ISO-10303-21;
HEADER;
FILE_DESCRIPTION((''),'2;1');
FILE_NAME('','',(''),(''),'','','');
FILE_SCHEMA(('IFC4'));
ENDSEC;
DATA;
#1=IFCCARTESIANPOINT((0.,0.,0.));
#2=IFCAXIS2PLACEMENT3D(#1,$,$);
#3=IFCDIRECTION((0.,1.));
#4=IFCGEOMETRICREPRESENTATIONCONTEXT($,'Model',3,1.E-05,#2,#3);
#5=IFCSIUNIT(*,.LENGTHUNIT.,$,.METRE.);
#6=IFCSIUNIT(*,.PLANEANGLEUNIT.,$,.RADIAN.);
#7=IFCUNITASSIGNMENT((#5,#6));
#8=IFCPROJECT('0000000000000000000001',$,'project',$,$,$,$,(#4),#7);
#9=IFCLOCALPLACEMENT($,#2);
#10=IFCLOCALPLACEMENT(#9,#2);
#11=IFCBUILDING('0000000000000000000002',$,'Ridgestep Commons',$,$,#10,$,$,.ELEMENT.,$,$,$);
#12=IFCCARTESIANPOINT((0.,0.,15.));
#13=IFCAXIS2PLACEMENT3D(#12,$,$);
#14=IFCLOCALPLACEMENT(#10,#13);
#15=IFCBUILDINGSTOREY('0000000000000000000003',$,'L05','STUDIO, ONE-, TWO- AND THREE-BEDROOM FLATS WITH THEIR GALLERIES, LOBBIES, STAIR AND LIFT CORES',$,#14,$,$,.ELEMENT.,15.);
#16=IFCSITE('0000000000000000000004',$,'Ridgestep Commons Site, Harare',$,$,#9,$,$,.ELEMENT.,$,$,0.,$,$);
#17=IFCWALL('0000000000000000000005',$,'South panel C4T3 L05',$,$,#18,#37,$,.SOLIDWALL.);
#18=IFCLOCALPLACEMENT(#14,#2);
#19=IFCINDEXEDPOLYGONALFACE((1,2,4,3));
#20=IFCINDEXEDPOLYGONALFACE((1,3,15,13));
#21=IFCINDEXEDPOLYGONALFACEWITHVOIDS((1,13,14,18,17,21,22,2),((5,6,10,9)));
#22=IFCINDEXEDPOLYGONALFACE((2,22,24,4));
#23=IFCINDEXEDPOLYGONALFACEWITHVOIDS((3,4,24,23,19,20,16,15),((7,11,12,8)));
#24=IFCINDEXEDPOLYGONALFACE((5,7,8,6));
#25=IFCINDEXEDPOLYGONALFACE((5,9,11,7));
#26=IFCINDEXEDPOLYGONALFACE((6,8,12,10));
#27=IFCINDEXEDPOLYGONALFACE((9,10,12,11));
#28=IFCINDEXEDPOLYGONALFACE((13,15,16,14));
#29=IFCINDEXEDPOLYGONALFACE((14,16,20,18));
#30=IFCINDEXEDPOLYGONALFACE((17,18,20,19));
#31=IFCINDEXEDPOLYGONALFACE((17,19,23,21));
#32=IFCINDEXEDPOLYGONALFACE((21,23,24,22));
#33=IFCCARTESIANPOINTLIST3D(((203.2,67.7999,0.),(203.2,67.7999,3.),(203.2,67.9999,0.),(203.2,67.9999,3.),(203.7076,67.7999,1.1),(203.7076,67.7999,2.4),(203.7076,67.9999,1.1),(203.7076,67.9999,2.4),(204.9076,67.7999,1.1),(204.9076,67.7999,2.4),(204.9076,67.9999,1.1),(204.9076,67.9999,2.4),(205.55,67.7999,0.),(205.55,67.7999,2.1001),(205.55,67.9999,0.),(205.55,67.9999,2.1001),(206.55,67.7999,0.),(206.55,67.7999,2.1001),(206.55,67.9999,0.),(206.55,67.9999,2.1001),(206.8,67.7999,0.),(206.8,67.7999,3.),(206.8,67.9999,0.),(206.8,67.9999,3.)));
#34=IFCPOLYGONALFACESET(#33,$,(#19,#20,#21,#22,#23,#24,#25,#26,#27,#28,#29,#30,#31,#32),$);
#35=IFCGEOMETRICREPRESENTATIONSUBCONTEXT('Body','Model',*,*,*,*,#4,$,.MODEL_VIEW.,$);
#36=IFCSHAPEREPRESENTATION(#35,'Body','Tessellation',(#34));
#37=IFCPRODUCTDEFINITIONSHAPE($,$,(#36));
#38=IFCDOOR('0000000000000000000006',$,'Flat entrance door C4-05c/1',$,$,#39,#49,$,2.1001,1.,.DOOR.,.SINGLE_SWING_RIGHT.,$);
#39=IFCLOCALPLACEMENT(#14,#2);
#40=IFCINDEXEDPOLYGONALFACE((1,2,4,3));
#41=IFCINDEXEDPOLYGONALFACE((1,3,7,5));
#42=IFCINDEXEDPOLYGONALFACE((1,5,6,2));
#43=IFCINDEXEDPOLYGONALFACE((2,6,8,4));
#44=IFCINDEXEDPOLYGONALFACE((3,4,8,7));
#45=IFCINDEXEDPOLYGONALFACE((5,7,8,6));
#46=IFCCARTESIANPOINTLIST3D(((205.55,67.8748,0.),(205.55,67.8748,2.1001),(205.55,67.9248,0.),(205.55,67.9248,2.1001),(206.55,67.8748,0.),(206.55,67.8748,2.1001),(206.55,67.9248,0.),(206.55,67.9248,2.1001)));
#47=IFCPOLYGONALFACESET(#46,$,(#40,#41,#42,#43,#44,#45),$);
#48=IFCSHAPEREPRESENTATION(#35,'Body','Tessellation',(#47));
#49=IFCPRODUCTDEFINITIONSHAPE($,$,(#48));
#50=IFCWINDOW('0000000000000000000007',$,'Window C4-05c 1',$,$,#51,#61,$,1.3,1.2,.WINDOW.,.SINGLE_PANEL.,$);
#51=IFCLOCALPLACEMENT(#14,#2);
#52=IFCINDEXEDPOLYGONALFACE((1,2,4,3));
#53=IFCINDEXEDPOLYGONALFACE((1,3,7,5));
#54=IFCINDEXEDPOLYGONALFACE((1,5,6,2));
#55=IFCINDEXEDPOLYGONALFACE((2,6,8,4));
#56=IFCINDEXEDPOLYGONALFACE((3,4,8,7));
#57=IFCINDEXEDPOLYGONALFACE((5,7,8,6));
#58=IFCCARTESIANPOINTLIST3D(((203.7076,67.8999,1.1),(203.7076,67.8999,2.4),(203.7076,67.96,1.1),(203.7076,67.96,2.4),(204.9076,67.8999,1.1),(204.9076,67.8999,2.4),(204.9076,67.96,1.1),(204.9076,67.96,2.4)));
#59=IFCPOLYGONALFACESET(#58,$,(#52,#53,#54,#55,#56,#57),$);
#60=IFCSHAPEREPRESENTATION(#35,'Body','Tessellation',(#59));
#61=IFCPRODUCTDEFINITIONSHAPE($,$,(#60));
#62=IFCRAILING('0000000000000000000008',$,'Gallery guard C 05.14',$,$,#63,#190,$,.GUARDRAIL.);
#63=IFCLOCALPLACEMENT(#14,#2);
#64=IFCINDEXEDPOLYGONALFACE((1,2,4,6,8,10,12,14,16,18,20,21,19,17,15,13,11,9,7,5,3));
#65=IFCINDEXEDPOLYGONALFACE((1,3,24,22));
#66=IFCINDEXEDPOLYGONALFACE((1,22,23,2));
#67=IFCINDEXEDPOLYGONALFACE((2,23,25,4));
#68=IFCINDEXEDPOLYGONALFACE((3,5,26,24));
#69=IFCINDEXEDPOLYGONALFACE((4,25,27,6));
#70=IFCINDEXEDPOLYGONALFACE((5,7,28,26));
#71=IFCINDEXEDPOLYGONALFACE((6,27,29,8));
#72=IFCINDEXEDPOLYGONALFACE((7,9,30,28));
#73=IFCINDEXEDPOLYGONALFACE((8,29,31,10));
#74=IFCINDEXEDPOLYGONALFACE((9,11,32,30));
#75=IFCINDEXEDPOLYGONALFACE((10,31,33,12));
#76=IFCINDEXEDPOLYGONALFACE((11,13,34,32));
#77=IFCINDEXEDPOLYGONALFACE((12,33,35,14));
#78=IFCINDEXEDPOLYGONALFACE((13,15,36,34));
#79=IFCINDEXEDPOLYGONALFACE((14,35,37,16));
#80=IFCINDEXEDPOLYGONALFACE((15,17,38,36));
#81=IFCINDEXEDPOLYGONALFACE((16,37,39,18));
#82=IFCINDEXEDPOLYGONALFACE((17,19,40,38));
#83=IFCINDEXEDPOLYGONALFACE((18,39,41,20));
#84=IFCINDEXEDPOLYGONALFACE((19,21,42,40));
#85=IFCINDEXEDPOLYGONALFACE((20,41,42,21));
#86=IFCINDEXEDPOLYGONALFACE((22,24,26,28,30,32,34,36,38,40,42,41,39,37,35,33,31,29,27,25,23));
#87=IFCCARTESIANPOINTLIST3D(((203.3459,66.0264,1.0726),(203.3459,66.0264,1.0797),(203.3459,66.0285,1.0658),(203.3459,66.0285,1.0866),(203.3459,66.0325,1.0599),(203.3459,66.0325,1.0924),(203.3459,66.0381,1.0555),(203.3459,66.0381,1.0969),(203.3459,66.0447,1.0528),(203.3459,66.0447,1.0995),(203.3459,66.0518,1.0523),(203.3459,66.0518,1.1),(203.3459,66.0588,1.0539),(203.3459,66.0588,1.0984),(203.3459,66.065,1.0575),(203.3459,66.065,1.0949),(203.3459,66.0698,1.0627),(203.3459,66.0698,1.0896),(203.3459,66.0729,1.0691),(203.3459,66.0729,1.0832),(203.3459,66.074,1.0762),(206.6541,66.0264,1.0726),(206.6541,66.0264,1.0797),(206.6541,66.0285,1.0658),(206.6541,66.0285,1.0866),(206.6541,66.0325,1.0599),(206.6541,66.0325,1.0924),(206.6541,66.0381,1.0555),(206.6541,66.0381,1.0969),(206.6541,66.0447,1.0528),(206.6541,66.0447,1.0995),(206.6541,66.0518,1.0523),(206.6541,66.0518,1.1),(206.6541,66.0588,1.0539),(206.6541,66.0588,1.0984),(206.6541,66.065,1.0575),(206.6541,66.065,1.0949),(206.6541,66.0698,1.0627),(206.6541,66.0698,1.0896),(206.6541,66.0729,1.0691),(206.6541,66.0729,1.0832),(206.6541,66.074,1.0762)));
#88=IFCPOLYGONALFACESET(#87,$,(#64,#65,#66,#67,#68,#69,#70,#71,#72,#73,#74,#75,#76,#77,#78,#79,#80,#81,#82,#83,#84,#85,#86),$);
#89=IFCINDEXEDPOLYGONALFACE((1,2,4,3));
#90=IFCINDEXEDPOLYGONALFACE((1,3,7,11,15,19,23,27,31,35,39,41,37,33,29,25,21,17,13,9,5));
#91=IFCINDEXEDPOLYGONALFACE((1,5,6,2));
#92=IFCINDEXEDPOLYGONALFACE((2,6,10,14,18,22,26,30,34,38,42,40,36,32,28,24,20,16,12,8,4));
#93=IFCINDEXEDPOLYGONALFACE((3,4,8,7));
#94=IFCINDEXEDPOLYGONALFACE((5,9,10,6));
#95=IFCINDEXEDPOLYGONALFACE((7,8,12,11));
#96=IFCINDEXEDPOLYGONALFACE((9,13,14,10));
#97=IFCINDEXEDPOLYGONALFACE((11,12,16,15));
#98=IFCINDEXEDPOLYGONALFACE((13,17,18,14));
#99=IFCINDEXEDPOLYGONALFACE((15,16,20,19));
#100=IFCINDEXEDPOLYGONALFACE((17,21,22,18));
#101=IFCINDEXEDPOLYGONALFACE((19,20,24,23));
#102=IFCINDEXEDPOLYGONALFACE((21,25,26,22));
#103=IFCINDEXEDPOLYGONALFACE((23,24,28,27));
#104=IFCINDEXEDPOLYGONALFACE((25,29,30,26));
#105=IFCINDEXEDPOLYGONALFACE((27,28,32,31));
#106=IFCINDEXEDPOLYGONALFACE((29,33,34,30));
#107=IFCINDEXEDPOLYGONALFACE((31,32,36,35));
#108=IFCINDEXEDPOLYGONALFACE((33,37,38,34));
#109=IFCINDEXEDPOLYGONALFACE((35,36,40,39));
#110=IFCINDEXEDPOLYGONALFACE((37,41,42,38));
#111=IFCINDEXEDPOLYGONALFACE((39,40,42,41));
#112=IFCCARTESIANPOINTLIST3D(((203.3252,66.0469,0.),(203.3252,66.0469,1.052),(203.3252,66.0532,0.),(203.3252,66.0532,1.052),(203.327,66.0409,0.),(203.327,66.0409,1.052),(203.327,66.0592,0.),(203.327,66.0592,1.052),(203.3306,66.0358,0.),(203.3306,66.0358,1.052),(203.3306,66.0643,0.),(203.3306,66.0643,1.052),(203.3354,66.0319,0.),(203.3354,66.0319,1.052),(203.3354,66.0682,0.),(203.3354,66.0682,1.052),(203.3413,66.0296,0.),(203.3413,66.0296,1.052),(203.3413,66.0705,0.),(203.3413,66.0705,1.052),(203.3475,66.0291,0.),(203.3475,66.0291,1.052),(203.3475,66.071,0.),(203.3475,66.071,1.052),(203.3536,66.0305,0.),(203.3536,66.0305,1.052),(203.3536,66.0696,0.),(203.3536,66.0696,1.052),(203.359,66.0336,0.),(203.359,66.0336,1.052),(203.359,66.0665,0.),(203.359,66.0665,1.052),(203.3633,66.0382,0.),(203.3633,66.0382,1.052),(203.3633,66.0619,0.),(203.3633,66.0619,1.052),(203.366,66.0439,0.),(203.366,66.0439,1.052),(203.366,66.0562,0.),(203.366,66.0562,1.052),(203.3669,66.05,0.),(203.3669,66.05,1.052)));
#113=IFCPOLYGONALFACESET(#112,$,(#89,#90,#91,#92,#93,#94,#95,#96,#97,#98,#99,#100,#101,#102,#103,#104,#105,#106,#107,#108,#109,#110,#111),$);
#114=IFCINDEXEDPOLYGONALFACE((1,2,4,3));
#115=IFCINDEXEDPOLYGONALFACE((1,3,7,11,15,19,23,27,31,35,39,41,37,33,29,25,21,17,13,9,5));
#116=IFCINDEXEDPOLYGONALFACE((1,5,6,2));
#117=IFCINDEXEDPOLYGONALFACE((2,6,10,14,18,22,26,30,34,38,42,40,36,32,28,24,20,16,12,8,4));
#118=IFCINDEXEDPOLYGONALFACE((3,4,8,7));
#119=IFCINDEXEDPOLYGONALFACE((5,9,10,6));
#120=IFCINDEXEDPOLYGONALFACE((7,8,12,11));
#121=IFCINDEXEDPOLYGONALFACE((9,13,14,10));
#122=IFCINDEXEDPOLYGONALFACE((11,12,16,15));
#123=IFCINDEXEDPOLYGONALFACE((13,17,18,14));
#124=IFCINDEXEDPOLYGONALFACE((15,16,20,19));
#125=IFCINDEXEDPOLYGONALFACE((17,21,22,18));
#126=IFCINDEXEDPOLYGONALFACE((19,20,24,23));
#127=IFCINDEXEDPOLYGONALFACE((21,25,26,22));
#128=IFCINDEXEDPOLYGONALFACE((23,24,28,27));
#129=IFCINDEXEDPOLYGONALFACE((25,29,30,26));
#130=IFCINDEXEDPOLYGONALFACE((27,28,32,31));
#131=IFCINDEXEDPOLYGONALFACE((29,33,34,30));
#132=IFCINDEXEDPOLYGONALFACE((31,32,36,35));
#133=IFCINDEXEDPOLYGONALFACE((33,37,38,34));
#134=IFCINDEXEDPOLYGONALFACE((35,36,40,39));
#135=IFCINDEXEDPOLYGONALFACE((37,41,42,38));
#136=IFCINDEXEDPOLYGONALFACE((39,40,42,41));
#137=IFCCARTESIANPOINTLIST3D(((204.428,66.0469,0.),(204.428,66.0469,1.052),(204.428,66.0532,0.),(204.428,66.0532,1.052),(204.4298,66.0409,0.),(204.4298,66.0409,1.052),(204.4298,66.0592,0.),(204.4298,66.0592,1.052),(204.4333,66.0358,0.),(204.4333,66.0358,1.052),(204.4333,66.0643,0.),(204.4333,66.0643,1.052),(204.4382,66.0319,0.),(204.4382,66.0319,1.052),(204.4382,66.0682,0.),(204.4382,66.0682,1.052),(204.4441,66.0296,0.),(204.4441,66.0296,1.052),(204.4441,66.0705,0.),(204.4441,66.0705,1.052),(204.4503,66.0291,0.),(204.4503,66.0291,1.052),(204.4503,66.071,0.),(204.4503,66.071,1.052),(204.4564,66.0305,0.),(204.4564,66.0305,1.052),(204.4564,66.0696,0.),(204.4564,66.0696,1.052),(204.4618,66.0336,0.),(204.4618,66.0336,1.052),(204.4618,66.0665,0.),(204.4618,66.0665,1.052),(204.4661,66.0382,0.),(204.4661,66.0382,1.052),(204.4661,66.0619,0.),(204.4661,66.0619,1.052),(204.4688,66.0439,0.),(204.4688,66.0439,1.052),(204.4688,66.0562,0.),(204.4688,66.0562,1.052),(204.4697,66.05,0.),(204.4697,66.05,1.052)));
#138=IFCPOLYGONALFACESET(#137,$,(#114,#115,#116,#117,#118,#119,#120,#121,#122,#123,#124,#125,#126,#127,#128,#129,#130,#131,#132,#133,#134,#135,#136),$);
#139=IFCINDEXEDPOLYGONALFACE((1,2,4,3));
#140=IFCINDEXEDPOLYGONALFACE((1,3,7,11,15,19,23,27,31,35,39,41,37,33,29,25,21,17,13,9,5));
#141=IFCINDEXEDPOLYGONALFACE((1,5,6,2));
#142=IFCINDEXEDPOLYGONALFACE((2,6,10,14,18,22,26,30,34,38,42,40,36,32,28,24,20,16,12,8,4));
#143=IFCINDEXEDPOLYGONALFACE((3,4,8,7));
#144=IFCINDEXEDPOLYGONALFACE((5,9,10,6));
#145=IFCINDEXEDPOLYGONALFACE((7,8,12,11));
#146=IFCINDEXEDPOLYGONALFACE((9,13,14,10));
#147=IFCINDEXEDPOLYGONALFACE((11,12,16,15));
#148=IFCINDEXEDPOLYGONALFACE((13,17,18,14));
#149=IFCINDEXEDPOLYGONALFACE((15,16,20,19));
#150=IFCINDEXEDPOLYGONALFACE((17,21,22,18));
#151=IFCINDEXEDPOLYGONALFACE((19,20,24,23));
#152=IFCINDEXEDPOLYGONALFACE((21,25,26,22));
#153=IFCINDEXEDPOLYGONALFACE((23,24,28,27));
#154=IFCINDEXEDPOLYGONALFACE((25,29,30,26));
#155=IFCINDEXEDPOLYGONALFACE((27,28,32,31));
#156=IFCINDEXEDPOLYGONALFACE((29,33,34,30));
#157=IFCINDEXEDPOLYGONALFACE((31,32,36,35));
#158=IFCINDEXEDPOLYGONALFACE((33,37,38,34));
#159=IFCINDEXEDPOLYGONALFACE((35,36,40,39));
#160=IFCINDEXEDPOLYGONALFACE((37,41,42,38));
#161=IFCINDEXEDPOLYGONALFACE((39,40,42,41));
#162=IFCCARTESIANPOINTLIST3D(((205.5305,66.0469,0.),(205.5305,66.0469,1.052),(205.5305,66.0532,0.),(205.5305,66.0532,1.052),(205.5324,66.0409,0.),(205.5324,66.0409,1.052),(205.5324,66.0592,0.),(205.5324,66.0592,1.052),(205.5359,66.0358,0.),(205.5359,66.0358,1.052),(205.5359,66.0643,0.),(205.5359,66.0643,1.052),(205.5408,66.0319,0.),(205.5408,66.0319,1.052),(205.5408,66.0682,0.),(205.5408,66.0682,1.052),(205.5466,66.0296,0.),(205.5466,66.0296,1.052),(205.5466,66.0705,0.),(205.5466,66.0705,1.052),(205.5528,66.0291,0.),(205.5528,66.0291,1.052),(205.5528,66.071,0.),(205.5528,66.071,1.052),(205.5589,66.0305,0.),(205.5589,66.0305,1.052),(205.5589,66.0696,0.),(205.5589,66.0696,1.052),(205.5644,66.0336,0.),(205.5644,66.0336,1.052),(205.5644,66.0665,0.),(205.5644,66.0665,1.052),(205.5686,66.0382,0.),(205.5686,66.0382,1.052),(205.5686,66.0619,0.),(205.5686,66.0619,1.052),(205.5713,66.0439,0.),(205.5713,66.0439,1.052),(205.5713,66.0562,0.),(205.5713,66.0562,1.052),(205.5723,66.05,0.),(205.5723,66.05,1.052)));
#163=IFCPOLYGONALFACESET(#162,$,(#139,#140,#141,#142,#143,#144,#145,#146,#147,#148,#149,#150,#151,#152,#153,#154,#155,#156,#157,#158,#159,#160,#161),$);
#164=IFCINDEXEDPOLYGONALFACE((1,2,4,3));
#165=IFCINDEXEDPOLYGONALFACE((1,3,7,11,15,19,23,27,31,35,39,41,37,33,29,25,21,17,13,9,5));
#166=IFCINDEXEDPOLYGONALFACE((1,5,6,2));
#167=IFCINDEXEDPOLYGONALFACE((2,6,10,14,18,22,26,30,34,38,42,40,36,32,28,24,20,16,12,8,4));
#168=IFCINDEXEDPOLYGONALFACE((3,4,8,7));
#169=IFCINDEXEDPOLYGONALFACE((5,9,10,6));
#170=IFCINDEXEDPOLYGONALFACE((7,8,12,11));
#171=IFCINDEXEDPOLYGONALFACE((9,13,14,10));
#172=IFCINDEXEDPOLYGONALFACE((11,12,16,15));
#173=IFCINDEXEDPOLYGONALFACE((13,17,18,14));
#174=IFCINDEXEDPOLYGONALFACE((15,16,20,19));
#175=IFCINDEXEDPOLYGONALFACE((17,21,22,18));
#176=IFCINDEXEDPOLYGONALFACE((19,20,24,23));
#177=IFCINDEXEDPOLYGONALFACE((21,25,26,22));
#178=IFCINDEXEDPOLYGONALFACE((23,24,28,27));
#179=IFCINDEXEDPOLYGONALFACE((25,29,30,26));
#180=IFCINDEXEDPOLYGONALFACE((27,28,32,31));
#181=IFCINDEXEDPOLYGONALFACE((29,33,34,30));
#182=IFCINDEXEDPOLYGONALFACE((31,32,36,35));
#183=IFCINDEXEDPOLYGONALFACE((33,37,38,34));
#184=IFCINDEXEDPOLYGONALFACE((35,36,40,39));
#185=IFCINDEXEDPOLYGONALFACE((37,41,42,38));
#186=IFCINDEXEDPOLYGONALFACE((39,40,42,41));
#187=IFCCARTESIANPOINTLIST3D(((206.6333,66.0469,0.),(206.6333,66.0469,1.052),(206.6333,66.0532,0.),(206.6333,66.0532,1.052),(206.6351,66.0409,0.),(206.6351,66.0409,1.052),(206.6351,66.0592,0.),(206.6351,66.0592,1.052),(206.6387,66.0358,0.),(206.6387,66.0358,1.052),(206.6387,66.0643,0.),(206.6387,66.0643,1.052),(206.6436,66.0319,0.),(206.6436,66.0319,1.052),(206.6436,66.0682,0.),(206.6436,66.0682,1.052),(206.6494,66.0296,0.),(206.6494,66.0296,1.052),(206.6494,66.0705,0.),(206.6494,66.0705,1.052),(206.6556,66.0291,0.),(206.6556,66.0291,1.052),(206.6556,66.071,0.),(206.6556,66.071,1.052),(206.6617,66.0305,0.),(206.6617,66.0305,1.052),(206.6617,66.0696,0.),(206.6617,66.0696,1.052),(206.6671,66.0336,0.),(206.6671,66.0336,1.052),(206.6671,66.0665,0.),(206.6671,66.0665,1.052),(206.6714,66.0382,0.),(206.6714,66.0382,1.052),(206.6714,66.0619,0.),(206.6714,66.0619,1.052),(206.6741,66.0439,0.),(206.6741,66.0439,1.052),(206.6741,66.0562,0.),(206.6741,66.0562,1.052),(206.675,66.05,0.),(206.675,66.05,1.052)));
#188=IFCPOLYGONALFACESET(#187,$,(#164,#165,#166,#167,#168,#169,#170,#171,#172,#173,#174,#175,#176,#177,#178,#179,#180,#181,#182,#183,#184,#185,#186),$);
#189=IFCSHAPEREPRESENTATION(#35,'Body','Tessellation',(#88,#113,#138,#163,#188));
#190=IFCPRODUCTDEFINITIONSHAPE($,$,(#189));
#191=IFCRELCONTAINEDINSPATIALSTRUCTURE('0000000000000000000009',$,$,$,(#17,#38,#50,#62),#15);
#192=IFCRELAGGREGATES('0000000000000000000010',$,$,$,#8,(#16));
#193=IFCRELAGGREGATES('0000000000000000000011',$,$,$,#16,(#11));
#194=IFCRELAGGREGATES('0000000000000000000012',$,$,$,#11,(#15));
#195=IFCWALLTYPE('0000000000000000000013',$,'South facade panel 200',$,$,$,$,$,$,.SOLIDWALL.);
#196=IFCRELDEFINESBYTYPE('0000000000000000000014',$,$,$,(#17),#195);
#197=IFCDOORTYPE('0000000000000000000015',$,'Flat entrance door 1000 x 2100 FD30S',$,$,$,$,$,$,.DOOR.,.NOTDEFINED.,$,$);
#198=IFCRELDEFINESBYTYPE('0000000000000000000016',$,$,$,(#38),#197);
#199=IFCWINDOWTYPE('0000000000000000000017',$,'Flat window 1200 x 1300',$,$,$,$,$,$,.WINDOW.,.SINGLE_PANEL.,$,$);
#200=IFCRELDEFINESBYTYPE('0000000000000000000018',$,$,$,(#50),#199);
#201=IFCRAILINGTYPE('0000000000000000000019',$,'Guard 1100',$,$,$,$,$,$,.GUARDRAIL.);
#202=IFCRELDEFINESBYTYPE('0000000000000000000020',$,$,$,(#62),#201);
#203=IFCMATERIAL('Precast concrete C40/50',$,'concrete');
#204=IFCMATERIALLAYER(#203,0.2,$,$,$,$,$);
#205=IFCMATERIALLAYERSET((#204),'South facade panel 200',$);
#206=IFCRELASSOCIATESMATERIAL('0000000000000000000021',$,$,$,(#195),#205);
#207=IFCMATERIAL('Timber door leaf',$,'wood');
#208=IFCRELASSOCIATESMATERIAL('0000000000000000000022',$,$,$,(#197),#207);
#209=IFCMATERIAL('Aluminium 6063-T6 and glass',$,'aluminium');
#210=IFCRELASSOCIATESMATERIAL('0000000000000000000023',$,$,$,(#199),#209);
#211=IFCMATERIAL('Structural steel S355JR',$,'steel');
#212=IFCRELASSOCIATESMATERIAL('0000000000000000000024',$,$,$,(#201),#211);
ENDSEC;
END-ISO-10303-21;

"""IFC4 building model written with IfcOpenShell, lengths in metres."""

from ifc_helpers import new_model, si_unit, direction, frame, frame_2d, origin, origin_2d, place, context, subcontext, project, spatial, rectangle, circle, extrude, material, layer, layer_set, type_object, element, fill, save


model = new_model("IFC4")

# Units and contexts
model_context = context("Model", 3, precision=1e-05, world=origin(), true_north=direction((0.0, 1.0)))
body_context = subcontext(model_context, "Body", "Model", "MODEL_VIEW")
ifc_project = project(units=[si_unit("LENGTHUNIT", "METRE"), si_unit("PLANEANGLEUNIT", "RADIAN")], contexts=[model_context])

# Site, building, storey
site_placement = place(None, origin())
site = spatial("IfcSite", under=ifc_project, at=site_placement, Name="Ridgestep Commons Site, Harare", CompositionType="ELEMENT", RefElevation=0.0)
building_placement = place(site_placement, origin())
building = spatial("IfcBuilding", under=site, at=building_placement, Name="Ridgestep Commons", CompositionType="ELEMENT")
storey_placement = place(building_placement, frame((0.0, 0.0, 15.0)))
storey = spatial("IfcBuildingStorey", under=building, at=storey_placement, Name="L05", Description="STUDIO, ONE-, TWO- AND THREE-BEDROOM FLATS WITH THEIR GALLERIES, LOBBIES, STAIR AND LIFT CORES", CompositionType="ELEMENT", Elevation=15.0)

# Wall, openings, door, window
ifc_material_1 = material(Name="Precast concrete C40/50", Category="concrete")
ifc_layer_1 = layer(ifc_material_1, 0.2)
ifc_layer_set_1 = layer_set([ifc_layer_1], Name="South facade panel 200")
wall_type_1 = type_object("IfcWallType", Name="South facade panel 200", PredefinedType="SOLIDWALL", material=ifc_layer_set_1)
wall_1_placement = place(storey_placement, frame((203.2, 67.8999, 0.0), z_axis=(0.0, 0.0, 1.0), x_axis=(1.0, 0.0, 0.0)))
wall_1 = element("IfcWall", 1, at=wall_1_placement, inside=storey, type_object=wall_type_1, Name="South panel C4T3 L05", PredefinedType="SOLIDWALL", context=body_context, shape_type="SweptSolid", body=[
    extrude(rectangle(XDim=3.6001, YDim=0.2, at=frame_2d((1.8, 0.0))), origin(), (0.0, 0.0, 1.0), 3.0),
])
opening_1_placement = place(wall_1_placement, frame((0.5076, 0.0, 1.1001)))
opening_1 = element("IfcOpeningElement", 2, at=opening_1_placement, cuts=wall_1, PredefinedType="OPENING", context=body_context, shape_type="SweptSolid", body=[
    extrude(rectangle(XDim=1.2, YDim=1.3, at=frame_2d((0.6001, 0.6499))), frame((0.0, 0.1099, 0.0), z_axis=(0.0, -1.0, 0.0), x_axis=(1.0, 0.0, 0.0)), (0.0, 0.0, 1.0), 0.22),
])
opening_2_placement = place(wall_1_placement, frame((2.3501, 0.0, 0.0)))
opening_2 = element("IfcOpeningElement", 3, at=opening_2_placement, cuts=wall_1, PredefinedType="OPENING", context=body_context, shape_type="SweptSolid", body=[
    extrude(rectangle(XDim=1.0, YDim=2.1001, at=frame_2d((0.5, 1.05))), frame((0.0, 0.1099, 0.0), z_axis=(0.0, -1.0, 0.0), x_axis=(1.0, 0.0, 0.0)), (0.0, 0.0, 1.0), 0.22),
])
ifc_material_2 = material(Name="Timber door leaf", Category="wood")
door_type_1 = type_object("IfcDoorType", Name="Flat entrance door 1000 x 2100 FD30S", OperationType="NOTDEFINED", PredefinedType="DOOR", material=ifc_material_2)
door_1_placement = place(opening_2_placement, origin())
door_1 = element("IfcDoor", 4, at=door_1_placement, inside=storey, type_object=door_type_1, Name="Flat entrance door C4-05c/1", OperationType="SINGLE_SWING_RIGHT", OverallHeight=2.1001, OverallWidth=1.0, PredefinedType="DOOR", context=body_context, shape_type="SweptSolid", body=[
    extrude(rectangle(XDim=1.0, YDim=2.1001, at=frame_2d((0.5, 1.05))), frame((0.0, 0.0249, 0.0), z_axis=(0.0, -1.0, 0.0), x_axis=(1.0, 0.0, 0.0)), (0.0, 0.0, 1.0), 0.05),
])
fill(opening_2, door_1)
ifc_material_3 = material(Name="Aluminium 6063-T6 and glass", Category="aluminium")
window_type = type_object("IfcWindowType", Name="Flat window 1200 x 1300", PartitioningType="SINGLE_PANEL", PredefinedType="WINDOW", material=ifc_material_3)
window_placement = place(opening_1_placement, origin())
window = element("IfcWindow", 5, at=window_placement, inside=storey, type_object=window_type, Name="Window C4-05c 1", OverallHeight=1.3, OverallWidth=1.2, PartitioningType="SINGLE_PANEL", PredefinedType="WINDOW", context=body_context, shape_type="SweptSolid", body=[
    extrude(rectangle(XDim=1.2, YDim=1.3, at=frame_2d((0.6001, 0.6499))), frame((0.0, 0.0601, 0.0), z_axis=(0.0, -1.0, 0.0), x_axis=(1.0, 0.0, 0.0)), (0.0, 0.0, 1.0), 0.0601),
])
fill(opening_1, window)

# Railing
ifc_material_4 = material(Name="Structural steel S355JR", Category="steel")
railing_type_1 = type_object("IfcRailingType", Name="Guard 1100", PredefinedType="GUARDRAIL", material=ifc_material_4)
railing_1_placement = place(storey_placement, frame((203.3459, 66.05, 0.0)))
element("IfcRailing", 6, at=railing_1_placement, inside=storey, type_object=railing_type_1, Name="Gallery guard C 05.14", PredefinedType="GUARDRAIL", context=body_context, shape_type="SweptSolid", body=[
    extrude(circle(Radius=0.0239, at=origin_2d()), frame((0.0, 0.0, 1.0762), z_axis=(1.0, 0.0, 0.0), x_axis=(0.0, 1.0, 0.0)), (0.0, 0.0, 1.0), 3.3081),
    extrude(circle(Radius=0.021, at=origin_2d()), origin(), (0.0, 0.0, 1.0), 1.052),
    extrude(circle(Radius=0.021, at=origin_2d()), frame((1.1028, 0.0, 0.0)), (0.0, 0.0, 1.0), 1.052),
    extrude(circle(Radius=0.021, at=origin_2d()), frame((2.2053, 0.0, 0.0)), (0.0, 0.0, 1.0), 1.052),
    extrude(circle(Radius=0.021, at=origin_2d()), frame((3.3081, 0.0, 0.0)), (0.0, 0.0, 1.0), 1.052),
])

save(model, "model.ifc")
